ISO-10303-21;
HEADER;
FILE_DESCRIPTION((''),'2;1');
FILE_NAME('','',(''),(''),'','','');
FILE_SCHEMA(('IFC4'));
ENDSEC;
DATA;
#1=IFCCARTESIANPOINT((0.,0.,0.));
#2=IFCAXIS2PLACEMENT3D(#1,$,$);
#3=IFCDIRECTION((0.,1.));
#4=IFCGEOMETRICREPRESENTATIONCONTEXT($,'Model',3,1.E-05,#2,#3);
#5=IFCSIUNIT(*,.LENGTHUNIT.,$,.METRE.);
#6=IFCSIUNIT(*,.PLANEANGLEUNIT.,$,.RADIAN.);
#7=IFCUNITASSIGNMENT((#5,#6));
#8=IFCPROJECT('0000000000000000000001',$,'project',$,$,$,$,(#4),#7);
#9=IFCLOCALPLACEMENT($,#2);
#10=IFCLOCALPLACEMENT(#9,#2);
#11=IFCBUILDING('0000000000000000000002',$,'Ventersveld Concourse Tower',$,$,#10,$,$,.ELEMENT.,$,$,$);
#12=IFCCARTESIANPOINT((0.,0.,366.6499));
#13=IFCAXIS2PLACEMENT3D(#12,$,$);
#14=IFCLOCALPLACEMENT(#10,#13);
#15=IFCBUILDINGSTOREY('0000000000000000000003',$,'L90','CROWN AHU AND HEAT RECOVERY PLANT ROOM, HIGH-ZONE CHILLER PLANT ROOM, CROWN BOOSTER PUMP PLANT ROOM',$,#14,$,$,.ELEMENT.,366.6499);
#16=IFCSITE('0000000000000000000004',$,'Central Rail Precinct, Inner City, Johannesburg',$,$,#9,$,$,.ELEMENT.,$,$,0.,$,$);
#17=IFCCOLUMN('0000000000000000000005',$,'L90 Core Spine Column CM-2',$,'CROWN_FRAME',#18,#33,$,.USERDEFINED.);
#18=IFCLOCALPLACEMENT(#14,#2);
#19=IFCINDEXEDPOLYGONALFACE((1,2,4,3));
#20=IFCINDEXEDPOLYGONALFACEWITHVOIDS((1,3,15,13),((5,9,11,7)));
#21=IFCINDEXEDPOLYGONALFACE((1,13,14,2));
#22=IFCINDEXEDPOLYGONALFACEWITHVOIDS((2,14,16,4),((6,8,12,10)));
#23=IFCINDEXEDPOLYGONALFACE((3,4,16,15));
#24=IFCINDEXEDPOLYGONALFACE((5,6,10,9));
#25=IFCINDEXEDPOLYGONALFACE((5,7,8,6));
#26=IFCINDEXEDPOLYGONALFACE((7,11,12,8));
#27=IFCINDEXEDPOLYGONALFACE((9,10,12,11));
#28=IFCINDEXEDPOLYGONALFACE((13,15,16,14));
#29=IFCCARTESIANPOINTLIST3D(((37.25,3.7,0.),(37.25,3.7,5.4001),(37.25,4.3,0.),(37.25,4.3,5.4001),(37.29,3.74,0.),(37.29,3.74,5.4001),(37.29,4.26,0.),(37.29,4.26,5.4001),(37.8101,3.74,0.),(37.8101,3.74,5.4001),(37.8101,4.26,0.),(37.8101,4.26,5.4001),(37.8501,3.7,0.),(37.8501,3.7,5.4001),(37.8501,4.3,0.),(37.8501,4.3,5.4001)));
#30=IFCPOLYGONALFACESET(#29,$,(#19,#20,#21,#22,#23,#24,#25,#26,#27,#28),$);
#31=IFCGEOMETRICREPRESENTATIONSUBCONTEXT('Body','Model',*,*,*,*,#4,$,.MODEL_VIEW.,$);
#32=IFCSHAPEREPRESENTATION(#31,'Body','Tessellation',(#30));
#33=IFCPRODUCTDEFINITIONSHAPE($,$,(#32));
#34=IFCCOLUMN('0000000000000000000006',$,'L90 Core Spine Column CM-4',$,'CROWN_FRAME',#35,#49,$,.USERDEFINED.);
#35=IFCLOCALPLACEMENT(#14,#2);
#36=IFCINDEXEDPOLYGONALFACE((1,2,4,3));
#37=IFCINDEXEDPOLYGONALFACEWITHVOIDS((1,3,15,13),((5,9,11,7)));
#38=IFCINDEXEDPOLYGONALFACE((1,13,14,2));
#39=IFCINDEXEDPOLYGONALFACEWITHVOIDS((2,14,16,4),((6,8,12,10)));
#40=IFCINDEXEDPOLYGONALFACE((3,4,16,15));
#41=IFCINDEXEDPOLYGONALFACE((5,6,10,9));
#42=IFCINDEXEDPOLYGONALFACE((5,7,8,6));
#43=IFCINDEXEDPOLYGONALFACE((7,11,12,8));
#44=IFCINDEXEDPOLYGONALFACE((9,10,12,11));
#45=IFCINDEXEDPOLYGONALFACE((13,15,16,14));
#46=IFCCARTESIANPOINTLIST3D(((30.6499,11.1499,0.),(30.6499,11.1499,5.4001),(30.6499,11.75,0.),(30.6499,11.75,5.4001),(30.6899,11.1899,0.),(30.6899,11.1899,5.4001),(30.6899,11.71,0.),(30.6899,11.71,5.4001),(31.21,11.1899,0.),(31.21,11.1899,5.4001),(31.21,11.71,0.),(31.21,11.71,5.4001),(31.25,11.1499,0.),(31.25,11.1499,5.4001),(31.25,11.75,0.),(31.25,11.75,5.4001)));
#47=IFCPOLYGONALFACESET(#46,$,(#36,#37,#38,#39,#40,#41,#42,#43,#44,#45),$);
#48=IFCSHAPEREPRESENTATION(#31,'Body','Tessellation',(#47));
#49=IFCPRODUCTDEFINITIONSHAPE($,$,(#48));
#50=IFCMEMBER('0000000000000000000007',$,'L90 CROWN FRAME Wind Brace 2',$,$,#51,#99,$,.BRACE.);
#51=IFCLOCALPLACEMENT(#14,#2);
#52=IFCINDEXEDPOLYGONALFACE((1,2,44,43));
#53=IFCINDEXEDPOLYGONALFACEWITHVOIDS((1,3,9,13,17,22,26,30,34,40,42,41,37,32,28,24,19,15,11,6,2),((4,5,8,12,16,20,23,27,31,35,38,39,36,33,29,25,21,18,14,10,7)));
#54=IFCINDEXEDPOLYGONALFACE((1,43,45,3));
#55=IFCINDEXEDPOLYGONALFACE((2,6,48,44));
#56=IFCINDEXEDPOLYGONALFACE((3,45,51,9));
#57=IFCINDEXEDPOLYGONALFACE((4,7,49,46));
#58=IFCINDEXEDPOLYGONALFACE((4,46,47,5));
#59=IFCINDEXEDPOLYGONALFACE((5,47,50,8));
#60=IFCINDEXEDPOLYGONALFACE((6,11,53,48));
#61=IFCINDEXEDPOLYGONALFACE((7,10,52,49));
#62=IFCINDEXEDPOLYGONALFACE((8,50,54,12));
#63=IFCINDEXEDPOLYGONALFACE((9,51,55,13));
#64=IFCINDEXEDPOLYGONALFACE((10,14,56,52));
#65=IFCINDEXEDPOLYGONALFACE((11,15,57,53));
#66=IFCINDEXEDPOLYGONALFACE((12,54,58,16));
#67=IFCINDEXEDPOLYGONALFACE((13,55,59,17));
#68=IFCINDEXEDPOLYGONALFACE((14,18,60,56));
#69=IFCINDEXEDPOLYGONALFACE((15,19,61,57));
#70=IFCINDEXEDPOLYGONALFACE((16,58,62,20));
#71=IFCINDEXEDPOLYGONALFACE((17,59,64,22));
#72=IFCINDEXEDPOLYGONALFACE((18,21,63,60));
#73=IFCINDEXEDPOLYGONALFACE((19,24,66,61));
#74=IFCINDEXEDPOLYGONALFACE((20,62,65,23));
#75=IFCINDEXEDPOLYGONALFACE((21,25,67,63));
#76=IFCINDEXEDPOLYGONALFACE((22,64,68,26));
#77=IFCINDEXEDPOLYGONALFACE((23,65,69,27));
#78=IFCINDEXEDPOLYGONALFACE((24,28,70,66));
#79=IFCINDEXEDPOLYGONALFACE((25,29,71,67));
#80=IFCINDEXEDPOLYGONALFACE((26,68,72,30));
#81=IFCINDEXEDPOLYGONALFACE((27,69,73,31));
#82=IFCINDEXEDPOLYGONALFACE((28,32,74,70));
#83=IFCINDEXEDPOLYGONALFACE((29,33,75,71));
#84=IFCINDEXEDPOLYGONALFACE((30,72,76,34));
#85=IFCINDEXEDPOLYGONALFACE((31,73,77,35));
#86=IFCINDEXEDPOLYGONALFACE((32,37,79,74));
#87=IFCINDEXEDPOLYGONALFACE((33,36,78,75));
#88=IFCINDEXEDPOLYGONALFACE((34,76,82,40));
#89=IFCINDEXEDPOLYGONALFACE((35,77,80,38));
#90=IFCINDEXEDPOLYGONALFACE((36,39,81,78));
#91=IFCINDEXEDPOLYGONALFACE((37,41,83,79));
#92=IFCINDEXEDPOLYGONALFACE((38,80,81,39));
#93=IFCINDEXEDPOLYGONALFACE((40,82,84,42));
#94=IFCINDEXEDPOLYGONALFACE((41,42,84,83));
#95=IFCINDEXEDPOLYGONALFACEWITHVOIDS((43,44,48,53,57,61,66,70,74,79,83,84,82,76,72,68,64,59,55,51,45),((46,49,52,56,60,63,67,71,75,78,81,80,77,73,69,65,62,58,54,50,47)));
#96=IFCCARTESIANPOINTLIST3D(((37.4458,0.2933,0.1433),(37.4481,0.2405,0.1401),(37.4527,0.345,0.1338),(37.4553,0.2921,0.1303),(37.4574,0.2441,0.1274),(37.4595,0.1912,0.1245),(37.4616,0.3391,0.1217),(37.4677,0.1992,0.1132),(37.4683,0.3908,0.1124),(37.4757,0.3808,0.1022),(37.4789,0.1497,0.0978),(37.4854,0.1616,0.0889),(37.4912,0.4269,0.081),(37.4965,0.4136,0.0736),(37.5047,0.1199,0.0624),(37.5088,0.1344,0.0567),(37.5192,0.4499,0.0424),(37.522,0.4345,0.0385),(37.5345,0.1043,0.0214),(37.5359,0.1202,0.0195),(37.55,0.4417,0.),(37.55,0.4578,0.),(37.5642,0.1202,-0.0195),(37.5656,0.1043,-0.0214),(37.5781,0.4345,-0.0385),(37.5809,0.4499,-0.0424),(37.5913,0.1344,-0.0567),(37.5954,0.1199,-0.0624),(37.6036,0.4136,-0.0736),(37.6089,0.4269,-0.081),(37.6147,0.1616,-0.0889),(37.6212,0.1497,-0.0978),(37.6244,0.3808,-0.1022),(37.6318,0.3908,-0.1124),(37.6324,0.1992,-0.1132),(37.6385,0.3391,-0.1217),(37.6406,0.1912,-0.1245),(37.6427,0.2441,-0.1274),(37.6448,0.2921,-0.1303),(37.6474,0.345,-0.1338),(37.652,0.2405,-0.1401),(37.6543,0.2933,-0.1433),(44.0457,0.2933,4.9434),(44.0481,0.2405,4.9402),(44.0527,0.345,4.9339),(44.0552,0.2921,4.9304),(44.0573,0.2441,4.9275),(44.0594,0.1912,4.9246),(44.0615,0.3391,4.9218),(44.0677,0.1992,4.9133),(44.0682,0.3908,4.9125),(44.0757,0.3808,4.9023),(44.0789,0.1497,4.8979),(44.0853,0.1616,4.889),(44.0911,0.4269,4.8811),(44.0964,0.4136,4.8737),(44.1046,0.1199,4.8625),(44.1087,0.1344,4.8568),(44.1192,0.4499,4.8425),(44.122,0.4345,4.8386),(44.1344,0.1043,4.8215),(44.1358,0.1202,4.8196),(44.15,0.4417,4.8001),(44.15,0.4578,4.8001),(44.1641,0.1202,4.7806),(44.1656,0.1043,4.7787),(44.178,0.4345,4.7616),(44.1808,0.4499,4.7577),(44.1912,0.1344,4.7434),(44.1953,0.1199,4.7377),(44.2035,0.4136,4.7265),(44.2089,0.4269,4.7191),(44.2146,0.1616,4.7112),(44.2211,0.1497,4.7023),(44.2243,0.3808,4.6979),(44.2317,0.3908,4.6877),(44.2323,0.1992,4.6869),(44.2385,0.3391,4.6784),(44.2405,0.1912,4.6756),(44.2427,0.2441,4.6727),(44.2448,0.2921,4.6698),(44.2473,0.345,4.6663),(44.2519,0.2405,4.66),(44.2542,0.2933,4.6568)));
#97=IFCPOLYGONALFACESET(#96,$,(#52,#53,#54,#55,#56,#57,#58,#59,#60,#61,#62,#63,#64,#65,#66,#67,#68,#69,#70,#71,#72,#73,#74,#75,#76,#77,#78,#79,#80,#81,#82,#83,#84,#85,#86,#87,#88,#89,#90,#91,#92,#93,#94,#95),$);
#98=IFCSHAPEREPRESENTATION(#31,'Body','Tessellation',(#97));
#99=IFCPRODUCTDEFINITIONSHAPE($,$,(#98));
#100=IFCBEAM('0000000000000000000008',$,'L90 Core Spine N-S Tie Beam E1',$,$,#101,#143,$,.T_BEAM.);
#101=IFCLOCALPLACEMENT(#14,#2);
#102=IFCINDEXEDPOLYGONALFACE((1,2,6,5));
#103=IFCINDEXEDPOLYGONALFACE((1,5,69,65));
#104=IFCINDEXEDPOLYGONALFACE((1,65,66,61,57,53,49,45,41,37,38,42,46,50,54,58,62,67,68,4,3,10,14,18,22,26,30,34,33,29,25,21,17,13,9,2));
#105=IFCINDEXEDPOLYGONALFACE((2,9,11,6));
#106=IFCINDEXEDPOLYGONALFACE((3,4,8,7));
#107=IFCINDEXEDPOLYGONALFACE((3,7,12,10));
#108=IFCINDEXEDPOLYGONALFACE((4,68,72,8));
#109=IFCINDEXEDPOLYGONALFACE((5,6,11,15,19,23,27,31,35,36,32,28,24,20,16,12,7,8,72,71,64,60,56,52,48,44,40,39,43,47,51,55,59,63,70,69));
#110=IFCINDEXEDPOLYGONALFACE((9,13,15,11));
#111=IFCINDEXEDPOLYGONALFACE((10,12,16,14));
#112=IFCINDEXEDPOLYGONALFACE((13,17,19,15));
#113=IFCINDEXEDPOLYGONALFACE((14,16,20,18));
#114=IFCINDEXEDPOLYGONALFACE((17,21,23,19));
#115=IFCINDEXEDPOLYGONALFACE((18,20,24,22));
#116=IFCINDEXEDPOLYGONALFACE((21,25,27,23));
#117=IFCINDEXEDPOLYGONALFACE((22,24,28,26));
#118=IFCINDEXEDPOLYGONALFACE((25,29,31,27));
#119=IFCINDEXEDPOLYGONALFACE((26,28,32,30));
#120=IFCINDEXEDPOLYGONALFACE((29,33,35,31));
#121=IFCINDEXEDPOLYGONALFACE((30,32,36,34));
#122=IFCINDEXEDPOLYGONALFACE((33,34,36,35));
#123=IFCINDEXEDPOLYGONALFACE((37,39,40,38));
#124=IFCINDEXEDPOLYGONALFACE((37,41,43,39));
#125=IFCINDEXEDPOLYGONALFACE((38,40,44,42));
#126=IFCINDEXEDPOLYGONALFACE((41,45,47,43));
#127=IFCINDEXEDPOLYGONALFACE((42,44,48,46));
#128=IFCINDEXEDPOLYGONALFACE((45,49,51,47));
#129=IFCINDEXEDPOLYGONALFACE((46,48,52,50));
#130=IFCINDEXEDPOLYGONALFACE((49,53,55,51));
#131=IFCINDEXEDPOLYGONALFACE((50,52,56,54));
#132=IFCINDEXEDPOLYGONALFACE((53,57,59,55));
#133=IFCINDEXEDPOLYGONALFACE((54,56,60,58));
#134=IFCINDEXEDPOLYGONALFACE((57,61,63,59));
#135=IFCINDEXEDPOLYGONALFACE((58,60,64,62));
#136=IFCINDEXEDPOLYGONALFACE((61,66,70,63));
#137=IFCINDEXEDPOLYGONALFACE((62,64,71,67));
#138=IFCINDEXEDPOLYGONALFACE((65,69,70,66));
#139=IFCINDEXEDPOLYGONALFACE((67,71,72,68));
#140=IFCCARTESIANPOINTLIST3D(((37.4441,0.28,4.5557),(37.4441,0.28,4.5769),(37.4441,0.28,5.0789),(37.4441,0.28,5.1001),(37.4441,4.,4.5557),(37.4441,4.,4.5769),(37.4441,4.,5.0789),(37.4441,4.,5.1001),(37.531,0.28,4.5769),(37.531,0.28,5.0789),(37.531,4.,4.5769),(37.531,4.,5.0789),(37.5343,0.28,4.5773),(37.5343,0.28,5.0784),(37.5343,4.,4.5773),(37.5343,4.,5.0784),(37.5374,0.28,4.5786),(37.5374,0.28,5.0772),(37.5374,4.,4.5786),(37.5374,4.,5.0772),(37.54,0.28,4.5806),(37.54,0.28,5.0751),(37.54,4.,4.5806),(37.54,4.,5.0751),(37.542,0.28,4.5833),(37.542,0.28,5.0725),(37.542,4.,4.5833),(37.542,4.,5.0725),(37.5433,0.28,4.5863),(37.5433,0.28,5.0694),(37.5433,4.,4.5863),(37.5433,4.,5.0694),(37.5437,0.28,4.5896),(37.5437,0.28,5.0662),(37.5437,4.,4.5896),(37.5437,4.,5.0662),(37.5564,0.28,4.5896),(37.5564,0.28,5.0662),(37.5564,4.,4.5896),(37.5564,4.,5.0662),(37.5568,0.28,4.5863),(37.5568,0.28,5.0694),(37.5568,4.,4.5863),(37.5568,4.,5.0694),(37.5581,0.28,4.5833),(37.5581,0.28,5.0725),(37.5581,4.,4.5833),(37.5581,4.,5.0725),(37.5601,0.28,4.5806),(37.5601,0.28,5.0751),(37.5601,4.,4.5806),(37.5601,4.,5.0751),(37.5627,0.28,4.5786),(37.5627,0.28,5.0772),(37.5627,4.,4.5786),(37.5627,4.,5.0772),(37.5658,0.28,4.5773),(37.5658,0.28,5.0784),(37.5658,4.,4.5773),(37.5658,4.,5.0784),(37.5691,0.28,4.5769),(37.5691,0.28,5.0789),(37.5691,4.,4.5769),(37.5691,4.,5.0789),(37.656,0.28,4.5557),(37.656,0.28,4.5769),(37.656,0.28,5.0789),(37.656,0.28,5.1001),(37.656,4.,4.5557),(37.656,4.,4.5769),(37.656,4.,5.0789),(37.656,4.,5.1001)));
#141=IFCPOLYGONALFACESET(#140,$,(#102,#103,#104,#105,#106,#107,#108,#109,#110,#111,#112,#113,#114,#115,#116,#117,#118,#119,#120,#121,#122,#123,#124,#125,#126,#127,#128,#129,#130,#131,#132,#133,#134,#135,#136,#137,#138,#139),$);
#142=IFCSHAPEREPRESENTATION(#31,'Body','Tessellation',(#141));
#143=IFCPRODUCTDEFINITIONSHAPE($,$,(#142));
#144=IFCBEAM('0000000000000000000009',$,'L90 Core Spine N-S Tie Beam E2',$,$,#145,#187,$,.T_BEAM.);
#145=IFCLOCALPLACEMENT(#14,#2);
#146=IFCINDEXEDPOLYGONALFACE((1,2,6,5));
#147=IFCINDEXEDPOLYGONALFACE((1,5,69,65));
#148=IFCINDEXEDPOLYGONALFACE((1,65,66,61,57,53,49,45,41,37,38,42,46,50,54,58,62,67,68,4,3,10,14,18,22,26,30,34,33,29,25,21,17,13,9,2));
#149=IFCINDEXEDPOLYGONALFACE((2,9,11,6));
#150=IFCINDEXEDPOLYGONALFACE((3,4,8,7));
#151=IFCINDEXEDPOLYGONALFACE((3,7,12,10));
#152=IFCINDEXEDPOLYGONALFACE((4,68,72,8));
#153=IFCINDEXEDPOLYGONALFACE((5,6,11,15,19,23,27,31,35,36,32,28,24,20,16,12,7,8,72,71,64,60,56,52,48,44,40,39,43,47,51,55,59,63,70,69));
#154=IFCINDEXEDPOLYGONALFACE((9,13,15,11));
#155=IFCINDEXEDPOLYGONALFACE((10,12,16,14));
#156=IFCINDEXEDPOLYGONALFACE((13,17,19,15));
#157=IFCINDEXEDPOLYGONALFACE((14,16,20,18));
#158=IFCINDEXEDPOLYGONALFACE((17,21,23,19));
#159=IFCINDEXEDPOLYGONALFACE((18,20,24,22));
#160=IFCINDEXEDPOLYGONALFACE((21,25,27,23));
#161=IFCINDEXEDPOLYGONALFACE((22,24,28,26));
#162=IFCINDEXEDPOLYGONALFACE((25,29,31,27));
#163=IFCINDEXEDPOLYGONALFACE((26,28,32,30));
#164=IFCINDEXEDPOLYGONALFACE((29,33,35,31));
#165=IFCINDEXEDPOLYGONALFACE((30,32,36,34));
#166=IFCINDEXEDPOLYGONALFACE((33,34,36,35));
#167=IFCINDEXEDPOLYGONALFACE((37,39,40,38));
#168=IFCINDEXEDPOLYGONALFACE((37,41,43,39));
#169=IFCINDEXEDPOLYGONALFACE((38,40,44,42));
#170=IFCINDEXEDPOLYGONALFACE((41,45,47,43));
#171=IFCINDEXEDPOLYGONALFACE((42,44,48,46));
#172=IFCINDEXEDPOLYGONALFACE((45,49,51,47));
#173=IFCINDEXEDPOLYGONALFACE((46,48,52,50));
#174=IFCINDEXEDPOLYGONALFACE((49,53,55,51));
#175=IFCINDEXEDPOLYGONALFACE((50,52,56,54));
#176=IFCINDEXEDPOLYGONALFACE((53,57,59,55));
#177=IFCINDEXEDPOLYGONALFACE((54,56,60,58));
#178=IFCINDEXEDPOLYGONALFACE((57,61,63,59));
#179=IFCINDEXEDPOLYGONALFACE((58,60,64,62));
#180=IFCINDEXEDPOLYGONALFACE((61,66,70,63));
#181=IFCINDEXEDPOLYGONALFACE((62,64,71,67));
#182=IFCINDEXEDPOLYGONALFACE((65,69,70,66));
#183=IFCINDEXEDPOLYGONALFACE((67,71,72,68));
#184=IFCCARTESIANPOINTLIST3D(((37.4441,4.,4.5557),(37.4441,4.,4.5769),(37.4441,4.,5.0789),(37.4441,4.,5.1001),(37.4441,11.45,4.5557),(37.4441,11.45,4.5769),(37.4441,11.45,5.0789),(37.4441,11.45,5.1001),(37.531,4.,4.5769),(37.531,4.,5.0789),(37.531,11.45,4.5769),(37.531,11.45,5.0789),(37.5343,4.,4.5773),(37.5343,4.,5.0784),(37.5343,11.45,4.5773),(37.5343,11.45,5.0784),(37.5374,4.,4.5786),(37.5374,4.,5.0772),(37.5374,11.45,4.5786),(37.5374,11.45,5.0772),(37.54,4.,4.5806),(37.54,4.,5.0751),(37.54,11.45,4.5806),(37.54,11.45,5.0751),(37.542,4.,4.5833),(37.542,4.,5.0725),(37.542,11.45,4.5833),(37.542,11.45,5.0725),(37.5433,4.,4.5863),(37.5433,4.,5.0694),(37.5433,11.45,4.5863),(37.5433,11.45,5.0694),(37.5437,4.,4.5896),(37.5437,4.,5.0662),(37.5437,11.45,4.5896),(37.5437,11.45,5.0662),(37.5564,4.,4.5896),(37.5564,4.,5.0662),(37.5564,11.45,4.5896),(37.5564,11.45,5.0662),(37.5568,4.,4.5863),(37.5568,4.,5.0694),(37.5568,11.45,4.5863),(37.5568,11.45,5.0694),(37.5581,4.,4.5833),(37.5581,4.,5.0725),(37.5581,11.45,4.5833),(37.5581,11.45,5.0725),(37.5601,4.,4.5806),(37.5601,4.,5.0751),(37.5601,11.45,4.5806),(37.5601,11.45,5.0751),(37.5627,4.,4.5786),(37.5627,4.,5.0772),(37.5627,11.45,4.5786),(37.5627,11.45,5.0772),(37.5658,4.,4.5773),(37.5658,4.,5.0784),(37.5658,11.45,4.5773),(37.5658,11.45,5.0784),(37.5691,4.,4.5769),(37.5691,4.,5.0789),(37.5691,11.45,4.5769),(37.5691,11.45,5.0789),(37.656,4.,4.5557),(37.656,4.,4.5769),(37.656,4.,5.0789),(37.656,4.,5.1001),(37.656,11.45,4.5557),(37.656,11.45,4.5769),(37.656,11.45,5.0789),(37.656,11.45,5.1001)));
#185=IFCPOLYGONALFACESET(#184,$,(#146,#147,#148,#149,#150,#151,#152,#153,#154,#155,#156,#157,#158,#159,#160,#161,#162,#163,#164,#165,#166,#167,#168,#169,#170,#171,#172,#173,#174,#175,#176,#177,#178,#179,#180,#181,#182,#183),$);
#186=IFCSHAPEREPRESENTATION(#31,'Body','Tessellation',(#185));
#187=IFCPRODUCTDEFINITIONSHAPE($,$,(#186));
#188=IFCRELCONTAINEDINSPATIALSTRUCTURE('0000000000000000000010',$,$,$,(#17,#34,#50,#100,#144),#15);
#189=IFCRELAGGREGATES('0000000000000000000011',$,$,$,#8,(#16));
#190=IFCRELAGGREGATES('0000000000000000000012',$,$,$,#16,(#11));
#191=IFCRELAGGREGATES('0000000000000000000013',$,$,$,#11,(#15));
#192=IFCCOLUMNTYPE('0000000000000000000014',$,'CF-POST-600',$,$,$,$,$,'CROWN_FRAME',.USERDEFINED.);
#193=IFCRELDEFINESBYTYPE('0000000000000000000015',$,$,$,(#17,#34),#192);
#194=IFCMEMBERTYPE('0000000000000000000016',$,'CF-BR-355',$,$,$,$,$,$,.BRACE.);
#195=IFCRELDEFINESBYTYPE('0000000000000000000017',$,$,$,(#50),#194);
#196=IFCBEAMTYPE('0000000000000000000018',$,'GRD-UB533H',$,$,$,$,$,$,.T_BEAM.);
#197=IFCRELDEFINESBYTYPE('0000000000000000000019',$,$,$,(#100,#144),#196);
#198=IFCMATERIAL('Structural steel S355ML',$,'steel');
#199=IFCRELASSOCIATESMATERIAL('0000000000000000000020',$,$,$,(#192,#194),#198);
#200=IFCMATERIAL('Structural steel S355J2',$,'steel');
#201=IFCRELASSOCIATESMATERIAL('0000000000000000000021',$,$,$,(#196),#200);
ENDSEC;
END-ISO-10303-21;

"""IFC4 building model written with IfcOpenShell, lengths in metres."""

from ifc_helpers import new_model, si_unit, direction, frame, origin, origin_2d, place, context, subcontext, project, spatial, hollow_rectangle, hollow_circle, i_section, extrude, material, material_profile, profile_set, type_object, element, save


model = new_model("IFC4")

# Units and contexts
model_context = context("Model", 3, precision=1e-05, world=origin(), true_north=direction((0.0, 1.0)))
body_context = subcontext(model_context, "Body", "Model", "MODEL_VIEW")
ifc_project = project(units=[si_unit("LENGTHUNIT", "METRE"), si_unit("PLANEANGLEUNIT", "RADIAN")], contexts=[model_context])

# Site, building, storey
site_placement = place(None, origin())
site = spatial("IfcSite", under=ifc_project, at=site_placement, Name="Central Rail Precinct, Inner City, Johannesburg", CompositionType="ELEMENT", RefElevation=0.0)
building_placement = place(site_placement, origin())
building = spatial("IfcBuilding", under=site, at=building_placement, Name="Ventersveld Concourse Tower", CompositionType="ELEMENT")
storey_placement = place(building_placement, frame((0.0, 0.0, 366.6499)))
storey = spatial("IfcBuildingStorey", under=building, at=storey_placement, Name="L90", Description="CROWN AHU AND HEAT RECOVERY PLANT ROOM, HIGH-ZONE CHILLER PLANT ROOM, CROWN BOOSTER PUMP PLANT ROOM", CompositionType="ELEMENT", Elevation=366.6499)

# Columns
ifc_material_1 = material(Name="Structural steel S355ML", Category="steel")
ifc_material_profile_1 = material_profile(ifc_material_1, hollow_rectangle(XDim=0.6001, YDim=0.6001, WallThickness=0.04, at=origin_2d()), Name="BOX 600x600x40")
ifc_profile_set_1 = profile_set([ifc_material_profile_1], Name="Structural steel S355ML")
column_type = type_object("IfcColumnType", Name="CF-POST-600", ElementType="CROWN_FRAME", PredefinedType="USERDEFINED", material=ifc_profile_set_1)
for number, where, z_axis, x_axis, name in (
    (1, (37.55, 4.0, 0.0), (0.0, 0.0, 1.0), (1.0, 0.0, 0.0), "L90 Core Spine Column CM-2"),
    (2, (30.95, 11.45, 0.0), (0.0, 0.0, 1.0), (1.0, 0.0, 0.0), "L90 Core Spine Column CM-4"),
):
    element("IfcColumn", number, at=place(storey_placement, frame(where, z_axis=z_axis, x_axis=x_axis)), inside=storey, type_object=column_type, Name=name, ObjectType="CROWN_FRAME", PredefinedType="USERDEFINED", context=body_context, shape_type="SweptSolid", body=[
        extrude(hollow_rectangle(XDim=0.6001, YDim=0.6001, WallThickness=0.04, at=origin_2d()), origin(), (0.0, 0.0, 1.0), 5.4001),
    ])

# Member
ifc_material_profile_2 = material_profile(ifc_material_1, hollow_circle(Radius=0.1777, WallThickness=0.0161, at=origin_2d()), Name="CHS 355.6x16")
ifc_profile_set_2 = profile_set([ifc_material_profile_2], Name="Structural steel S355ML")
member_type = type_object("IfcMemberType", Name="CF-BR-355", PredefinedType="BRACE", material=ifc_profile_set_2)
member_placement = place(storey_placement, frame((37.55, 0.28, 0.0), z_axis=(0.808727, 0.0, 0.588184), x_axis=(0.0, 1.0, 0.0)))
element("IfcMember", 3, at=member_placement, inside=storey, type_object=member_type, Name="L90 CROWN FRAME Wind Brace 2", PredefinedType="BRACE", context=body_context, shape_type="SweptSolid", body=[
    extrude(hollow_circle(Radius=0.1777, WallThickness=0.0161, at=origin_2d()), origin(), (0.0, 0.0, 1.0), 8.1609),
])

# Beams
ifc_material_2 = material(Name="Structural steel S355J2", Category="steel")
ifc_material_profile_3 = material_profile(ifc_material_2, i_section(OverallWidth=0.2119, OverallDepth=0.5444, WebThickness=0.0127, FlangeThickness=0.0212, FilletRadius=0.0127, at=origin_2d()), Name="UB 533x210x122")
ifc_profile_set_3 = profile_set([ifc_material_profile_3], Name="Structural steel S355J2")
beam_type_1 = type_object("IfcBeamType", Name="GRD-UB533H", PredefinedType="T_BEAM", material=ifc_profile_set_3)
beam_1_placement = place(storey_placement, frame((37.55, 0.28, 4.8279), z_axis=(0.0, 1.0, 0.0), x_axis=(-1.0, 0.0, 0.0)))
element("IfcBeam", 4, at=beam_1_placement, inside=storey, type_object=beam_type_1, Name="L90 Core Spine N-S Tie Beam E1", PredefinedType="T_BEAM", context=body_context, shape_type="SweptSolid", body=[
    extrude(i_section(OverallWidth=0.2119, OverallDepth=0.5444, WebThickness=0.0127, FlangeThickness=0.0212, FilletRadius=0.0127, at=origin_2d()), origin(), (0.0, 0.0, 1.0), 3.72),
])
beam_2_placement = place(storey_placement, frame((37.55, 4.0, 4.8279), z_axis=(0.0, 1.0, 0.0), x_axis=(-1.0, 0.0, 0.0)))
element("IfcBeam", 5, at=beam_2_placement, inside=storey, type_object=beam_type_1, Name="L90 Core Spine N-S Tie Beam E2", PredefinedType="T_BEAM", context=body_context, shape_type="SweptSolid", body=[
    extrude(i_section(OverallWidth=0.2119, OverallDepth=0.5444, WebThickness=0.0127, FlangeThickness=0.0212, FilletRadius=0.0127, at=origin_2d()), origin(), (0.0, 0.0, 1.0), 7.45),
])

save(model, "model.ifc")
